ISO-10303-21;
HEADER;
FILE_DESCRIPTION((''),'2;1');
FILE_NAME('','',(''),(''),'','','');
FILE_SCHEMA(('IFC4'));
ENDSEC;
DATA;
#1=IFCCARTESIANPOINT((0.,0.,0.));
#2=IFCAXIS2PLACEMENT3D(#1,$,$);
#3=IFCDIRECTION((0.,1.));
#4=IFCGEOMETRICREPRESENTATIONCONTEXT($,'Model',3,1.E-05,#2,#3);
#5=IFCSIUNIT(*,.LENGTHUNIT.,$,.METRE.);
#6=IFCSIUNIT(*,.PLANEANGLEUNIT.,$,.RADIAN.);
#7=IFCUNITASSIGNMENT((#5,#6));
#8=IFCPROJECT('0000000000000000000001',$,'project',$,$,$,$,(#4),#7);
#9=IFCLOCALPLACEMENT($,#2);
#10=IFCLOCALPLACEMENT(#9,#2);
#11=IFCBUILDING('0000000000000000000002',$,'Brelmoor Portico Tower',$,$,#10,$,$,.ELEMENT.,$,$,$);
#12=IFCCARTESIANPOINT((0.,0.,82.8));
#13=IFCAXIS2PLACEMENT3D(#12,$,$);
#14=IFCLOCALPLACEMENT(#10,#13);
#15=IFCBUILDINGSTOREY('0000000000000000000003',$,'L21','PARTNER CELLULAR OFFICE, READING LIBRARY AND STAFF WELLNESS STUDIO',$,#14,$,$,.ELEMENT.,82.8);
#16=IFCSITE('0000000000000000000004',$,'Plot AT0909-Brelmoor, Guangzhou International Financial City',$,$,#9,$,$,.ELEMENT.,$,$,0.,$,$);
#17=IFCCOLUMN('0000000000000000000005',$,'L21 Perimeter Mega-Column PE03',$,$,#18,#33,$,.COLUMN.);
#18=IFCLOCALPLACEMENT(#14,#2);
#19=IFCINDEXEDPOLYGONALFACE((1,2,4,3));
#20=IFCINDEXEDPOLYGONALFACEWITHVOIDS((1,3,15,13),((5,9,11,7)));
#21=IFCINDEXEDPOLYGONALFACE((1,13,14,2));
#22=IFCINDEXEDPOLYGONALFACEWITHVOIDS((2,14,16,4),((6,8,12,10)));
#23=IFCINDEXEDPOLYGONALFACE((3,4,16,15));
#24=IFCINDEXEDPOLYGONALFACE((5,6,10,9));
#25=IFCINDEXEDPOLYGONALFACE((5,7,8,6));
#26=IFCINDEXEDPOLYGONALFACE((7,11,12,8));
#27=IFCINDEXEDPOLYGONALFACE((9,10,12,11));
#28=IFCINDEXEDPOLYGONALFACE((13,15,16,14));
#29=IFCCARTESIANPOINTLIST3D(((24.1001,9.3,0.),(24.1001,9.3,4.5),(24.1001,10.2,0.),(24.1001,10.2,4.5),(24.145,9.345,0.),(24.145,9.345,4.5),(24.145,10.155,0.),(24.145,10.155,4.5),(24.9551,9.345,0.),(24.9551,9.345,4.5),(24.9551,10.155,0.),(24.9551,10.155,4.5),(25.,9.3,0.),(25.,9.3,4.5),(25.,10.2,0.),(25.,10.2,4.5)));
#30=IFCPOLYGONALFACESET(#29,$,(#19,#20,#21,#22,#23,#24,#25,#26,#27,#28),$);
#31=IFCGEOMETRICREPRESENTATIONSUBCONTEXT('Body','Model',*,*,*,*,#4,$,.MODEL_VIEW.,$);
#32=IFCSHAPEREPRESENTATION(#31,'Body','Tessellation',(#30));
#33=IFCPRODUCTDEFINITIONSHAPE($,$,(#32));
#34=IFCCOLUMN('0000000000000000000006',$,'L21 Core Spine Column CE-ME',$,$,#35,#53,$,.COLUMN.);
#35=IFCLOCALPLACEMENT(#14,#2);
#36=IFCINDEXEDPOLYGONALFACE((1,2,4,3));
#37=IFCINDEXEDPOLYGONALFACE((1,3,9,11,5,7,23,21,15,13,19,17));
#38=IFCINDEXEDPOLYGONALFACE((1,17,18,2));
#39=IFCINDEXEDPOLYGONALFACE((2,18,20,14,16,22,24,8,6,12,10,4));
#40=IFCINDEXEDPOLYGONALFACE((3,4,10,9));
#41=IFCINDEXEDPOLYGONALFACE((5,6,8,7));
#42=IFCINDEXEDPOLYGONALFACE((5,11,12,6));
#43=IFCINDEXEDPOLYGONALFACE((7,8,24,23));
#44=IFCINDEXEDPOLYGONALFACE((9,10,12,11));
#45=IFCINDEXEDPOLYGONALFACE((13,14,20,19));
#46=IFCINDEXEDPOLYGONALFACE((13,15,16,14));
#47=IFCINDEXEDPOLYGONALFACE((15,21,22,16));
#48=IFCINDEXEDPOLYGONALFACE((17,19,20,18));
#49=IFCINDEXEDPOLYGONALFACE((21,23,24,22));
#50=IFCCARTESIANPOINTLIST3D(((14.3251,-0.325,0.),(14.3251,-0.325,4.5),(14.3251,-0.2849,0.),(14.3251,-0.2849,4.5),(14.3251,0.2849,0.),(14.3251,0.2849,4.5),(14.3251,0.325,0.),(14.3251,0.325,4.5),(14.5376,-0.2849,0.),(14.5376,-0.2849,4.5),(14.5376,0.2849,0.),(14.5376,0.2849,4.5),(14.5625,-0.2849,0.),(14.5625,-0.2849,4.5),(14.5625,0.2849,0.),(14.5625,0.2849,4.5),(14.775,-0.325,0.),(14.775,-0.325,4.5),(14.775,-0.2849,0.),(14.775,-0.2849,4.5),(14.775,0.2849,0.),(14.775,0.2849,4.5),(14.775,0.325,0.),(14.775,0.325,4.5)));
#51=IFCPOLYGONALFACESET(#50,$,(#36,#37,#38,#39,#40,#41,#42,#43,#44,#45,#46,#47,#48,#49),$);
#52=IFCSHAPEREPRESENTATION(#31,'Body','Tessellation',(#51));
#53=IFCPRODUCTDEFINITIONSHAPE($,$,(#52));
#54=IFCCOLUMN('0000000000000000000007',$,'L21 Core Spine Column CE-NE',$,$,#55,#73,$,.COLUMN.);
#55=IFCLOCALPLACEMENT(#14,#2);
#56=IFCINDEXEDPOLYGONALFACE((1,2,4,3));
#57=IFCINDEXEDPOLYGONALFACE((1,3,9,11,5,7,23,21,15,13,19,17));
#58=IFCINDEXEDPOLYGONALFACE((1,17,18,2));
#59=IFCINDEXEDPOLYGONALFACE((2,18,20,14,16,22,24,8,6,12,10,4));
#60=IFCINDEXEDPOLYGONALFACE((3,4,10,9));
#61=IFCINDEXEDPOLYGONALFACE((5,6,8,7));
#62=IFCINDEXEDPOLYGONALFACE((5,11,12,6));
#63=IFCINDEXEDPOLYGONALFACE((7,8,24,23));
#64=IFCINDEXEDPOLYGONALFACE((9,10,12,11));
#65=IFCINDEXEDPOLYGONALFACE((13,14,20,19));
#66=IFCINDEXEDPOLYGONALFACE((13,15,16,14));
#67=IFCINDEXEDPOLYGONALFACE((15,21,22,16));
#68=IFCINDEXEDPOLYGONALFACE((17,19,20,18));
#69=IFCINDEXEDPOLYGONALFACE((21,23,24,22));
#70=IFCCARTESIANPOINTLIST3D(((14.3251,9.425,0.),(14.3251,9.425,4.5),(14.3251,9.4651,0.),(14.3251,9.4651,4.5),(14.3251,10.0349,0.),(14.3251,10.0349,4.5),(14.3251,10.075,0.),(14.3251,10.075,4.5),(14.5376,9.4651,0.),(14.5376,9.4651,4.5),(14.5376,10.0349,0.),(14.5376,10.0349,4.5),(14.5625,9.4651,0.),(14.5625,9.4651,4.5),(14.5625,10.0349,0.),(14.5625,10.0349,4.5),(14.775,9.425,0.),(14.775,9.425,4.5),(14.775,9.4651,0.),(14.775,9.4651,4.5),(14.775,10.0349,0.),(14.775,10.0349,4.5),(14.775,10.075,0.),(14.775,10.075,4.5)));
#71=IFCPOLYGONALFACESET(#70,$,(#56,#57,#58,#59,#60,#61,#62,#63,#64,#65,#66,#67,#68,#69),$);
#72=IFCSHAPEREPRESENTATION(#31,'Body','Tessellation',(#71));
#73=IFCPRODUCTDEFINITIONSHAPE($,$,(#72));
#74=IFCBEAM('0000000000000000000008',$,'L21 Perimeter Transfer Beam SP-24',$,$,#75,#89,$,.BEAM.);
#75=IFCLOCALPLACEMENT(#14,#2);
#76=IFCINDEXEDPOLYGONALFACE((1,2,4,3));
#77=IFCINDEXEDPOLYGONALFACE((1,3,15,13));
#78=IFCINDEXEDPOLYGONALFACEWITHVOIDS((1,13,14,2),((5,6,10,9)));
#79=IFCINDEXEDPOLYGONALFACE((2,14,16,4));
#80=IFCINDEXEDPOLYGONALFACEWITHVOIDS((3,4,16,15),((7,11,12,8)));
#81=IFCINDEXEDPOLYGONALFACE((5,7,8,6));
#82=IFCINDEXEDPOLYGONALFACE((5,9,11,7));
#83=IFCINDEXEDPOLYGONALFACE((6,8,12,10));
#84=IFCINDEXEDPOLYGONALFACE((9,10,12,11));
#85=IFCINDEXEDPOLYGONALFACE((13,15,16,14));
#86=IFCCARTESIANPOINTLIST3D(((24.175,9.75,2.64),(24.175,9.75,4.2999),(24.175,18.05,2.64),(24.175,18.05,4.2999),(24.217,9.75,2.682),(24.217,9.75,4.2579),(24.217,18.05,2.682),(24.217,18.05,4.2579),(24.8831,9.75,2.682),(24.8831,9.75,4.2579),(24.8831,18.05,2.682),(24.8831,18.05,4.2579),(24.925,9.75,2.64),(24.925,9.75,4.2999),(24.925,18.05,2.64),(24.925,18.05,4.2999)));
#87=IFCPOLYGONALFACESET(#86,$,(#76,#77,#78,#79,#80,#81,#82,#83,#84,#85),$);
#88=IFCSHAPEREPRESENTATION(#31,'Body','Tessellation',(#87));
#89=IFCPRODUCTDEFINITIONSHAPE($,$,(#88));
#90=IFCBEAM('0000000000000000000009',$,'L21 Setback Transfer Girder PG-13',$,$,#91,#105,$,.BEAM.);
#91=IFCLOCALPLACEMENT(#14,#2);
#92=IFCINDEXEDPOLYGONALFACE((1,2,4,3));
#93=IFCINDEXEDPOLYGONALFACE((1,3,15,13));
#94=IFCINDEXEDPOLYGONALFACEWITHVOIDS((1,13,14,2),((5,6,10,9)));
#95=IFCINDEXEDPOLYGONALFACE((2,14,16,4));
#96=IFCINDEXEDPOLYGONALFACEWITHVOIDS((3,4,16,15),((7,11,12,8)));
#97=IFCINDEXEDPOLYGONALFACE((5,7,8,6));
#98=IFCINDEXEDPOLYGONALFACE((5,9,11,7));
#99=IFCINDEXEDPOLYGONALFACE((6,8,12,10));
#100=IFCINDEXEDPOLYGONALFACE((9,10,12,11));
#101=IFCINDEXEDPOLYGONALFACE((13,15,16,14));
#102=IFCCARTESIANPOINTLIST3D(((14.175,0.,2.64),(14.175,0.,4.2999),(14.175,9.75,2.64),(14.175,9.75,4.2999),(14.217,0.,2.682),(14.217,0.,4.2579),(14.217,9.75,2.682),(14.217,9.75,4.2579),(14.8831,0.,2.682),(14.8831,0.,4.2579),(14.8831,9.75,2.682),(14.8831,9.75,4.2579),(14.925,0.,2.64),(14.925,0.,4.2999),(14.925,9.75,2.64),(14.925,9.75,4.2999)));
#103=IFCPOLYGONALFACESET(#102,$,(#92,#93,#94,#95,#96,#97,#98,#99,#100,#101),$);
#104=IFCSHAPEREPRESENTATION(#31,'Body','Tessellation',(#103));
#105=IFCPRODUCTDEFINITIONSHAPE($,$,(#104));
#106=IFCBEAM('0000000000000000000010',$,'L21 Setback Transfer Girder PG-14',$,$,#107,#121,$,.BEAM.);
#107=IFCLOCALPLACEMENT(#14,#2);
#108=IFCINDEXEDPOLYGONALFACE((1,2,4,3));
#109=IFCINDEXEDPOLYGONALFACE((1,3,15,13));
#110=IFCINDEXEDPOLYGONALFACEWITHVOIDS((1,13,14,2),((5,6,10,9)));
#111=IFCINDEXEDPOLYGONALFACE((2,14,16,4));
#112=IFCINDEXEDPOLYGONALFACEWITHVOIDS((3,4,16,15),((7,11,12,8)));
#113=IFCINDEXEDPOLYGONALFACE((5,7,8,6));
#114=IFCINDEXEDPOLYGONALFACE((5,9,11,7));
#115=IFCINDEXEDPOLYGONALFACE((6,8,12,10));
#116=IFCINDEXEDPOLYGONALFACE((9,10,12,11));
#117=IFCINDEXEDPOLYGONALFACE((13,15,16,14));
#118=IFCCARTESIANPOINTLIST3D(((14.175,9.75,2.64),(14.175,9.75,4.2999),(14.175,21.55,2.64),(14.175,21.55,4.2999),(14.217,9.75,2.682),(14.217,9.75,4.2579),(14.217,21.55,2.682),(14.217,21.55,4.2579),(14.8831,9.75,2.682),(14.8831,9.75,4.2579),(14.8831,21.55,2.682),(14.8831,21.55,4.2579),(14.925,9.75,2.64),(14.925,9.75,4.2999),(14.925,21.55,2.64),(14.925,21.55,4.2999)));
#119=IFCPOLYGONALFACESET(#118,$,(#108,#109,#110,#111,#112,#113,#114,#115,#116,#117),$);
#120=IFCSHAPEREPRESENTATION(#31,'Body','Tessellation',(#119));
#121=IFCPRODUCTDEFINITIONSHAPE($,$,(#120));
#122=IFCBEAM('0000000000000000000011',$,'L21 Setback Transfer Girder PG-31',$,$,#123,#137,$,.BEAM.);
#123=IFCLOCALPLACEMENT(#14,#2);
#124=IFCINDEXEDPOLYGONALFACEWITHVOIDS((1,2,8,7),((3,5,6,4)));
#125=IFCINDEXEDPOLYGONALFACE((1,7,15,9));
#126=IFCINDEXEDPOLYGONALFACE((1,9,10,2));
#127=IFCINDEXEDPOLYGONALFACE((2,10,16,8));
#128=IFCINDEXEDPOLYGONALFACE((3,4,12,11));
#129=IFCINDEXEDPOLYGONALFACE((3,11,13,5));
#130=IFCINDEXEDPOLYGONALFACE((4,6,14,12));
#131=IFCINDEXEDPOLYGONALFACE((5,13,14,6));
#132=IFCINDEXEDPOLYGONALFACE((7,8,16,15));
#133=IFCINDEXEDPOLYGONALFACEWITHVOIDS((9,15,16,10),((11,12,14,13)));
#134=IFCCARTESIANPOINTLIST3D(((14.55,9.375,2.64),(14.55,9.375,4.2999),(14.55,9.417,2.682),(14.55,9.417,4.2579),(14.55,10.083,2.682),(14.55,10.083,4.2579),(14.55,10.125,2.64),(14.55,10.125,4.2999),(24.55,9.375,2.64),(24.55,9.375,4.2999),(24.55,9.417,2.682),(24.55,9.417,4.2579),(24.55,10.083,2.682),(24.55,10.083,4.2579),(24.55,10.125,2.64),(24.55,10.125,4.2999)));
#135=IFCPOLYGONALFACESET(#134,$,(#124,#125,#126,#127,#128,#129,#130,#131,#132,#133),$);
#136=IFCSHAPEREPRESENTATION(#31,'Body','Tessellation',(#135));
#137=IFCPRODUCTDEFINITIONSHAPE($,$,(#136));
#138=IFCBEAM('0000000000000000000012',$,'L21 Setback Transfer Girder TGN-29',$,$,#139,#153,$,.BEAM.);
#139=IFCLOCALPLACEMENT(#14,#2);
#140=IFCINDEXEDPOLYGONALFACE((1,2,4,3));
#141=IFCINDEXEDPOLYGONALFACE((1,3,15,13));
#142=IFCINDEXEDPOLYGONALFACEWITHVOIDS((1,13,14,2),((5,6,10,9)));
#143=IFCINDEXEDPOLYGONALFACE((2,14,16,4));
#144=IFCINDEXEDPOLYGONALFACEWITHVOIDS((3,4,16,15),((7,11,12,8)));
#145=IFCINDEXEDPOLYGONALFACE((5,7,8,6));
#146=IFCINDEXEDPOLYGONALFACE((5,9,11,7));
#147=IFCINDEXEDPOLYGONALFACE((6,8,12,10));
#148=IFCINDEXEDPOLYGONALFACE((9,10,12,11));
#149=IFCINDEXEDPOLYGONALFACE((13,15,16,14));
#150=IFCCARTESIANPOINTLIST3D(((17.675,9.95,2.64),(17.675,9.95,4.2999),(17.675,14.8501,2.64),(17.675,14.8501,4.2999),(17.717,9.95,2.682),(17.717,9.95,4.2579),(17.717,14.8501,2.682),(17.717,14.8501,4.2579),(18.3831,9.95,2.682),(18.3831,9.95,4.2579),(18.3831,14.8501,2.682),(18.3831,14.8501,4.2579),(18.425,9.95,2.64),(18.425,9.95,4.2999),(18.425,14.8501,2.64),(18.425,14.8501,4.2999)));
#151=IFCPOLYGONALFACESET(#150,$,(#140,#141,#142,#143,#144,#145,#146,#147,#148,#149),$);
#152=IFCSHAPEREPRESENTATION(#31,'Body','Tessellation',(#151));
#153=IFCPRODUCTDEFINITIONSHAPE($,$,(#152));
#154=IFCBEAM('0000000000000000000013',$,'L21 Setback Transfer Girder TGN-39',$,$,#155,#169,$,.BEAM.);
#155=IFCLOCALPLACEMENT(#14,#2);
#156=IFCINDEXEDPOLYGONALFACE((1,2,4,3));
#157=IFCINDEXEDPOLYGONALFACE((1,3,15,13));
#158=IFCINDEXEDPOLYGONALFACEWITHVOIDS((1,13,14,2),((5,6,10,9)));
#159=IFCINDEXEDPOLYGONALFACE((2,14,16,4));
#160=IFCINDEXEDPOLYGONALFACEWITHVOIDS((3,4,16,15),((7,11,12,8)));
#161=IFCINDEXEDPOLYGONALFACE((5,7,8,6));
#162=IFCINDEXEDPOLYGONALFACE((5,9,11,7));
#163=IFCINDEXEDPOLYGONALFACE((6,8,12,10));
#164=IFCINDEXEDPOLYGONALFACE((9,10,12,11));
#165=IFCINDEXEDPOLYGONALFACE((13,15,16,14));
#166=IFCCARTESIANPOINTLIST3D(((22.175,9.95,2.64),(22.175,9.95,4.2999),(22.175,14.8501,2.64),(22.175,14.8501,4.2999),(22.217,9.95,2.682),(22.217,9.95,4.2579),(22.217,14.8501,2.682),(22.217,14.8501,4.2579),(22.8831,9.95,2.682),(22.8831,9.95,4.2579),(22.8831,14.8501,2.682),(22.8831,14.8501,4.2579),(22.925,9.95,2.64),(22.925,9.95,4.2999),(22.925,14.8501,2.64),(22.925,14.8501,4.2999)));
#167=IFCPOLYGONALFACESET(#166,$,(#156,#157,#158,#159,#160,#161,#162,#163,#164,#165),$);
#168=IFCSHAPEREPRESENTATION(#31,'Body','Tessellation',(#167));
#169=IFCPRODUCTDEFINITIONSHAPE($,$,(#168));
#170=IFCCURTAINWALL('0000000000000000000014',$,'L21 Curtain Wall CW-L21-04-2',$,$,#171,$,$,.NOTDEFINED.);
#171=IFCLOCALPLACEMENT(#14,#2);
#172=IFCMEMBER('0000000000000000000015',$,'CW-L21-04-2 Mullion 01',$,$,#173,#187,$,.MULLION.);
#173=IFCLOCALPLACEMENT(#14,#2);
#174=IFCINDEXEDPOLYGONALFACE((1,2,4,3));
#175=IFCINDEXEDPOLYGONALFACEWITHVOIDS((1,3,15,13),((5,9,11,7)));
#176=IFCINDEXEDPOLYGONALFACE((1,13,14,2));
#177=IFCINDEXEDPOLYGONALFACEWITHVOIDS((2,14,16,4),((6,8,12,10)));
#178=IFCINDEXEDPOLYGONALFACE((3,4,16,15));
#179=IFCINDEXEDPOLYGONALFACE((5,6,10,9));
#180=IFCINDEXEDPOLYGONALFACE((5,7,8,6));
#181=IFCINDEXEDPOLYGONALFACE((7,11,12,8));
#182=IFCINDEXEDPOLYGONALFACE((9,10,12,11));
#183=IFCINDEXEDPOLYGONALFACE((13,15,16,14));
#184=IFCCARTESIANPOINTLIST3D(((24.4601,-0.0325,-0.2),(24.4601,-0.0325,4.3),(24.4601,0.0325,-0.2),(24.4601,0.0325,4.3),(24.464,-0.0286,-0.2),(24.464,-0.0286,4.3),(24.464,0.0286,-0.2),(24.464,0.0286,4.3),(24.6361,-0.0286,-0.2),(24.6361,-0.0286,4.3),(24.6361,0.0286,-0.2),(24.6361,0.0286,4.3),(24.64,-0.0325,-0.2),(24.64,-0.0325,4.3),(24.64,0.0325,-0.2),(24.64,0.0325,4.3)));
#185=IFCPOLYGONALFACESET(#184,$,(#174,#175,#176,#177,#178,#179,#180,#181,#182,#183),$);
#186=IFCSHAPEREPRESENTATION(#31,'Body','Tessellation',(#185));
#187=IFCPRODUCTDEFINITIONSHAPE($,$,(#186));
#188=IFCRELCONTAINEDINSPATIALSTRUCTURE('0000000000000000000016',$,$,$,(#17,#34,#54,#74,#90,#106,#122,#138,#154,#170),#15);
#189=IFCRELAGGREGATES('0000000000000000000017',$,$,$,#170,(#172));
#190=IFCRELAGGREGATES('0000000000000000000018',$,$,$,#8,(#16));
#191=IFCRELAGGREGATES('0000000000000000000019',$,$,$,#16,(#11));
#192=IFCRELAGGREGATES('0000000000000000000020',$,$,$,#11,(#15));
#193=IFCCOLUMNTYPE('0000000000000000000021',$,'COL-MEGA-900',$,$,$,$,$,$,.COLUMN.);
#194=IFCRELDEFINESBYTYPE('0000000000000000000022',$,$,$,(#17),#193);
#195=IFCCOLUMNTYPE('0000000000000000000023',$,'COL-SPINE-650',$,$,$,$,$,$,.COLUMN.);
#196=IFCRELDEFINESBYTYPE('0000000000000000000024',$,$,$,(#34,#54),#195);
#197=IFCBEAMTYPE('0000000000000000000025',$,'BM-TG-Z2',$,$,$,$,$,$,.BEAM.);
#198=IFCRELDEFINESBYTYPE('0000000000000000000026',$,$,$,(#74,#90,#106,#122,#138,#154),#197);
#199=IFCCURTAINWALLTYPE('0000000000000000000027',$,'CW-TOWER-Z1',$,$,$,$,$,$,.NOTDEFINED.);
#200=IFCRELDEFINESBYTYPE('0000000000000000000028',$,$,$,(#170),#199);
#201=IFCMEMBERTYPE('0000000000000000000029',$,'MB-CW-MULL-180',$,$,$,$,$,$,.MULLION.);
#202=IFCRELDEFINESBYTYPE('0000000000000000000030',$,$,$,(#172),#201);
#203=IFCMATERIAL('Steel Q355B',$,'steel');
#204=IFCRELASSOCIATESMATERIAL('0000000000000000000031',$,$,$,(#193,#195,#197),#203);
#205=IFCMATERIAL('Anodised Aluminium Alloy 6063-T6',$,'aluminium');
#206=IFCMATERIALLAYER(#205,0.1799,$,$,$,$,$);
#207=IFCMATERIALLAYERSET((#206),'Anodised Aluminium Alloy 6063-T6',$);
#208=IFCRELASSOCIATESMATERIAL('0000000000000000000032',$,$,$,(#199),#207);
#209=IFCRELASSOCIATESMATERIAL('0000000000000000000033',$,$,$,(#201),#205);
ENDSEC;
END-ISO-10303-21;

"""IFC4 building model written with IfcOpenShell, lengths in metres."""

from ifc_helpers import new_model, si_unit, direction, frame, origin, origin_2d, place, context, subcontext, project, spatial, hollow_rectangle, i_section, extrude, material, layer, layer_set, material_profile, profile_set, type_object, element, aggregate, save


model = new_model("IFC4")

# Units and contexts
model_context = context("Model", 3, precision=1e-05, world=origin(), true_north=direction((0.0, 1.0)))
body_context = subcontext(model_context, "Body", "Model", "MODEL_VIEW")
ifc_project = project(units=[si_unit("LENGTHUNIT", "METRE"), si_unit("PLANEANGLEUNIT", "RADIAN")], contexts=[model_context])

# Site, building, storey
site_placement = place(None, origin())
site = spatial("IfcSite", under=ifc_project, at=site_placement, Name="Plot AT0909-Brelmoor, Guangzhou International Financial City", CompositionType="ELEMENT", RefElevation=0.0)
building_placement = place(site_placement, origin())
building = spatial("IfcBuilding", under=site, at=building_placement, Name="Brelmoor Portico Tower", CompositionType="ELEMENT")
storey_placement = place(building_placement, frame((0.0, 0.0, 82.8)))
storey = spatial("IfcBuildingStorey", under=building, at=storey_placement, Name="L21", Description="PARTNER CELLULAR OFFICE, READING LIBRARY AND STAFF WELLNESS STUDIO", CompositionType="ELEMENT", Elevation=82.8)

# Columns
ifc_material_1 = material(Name="Steel Q355B", Category="steel")
ifc_material_profile_1 = material_profile(ifc_material_1, hollow_rectangle(XDim=0.8999, YDim=0.8999, WallThickness=0.0449, at=origin_2d()), Name="BOX 900x900x45")
ifc_profile_set_1 = profile_set([ifc_material_profile_1], Name="Steel Q355B")
column_type_1 = type_object("IfcColumnType", Name="COL-MEGA-900", PredefinedType="COLUMN", material=ifc_profile_set_1)
column_placement = place(storey_placement, frame((24.55, 9.75, 0.0), z_axis=(0.0, 0.0, 1.0), x_axis=(0.0, 1.0, 0.0)))
element("IfcColumn", 1, at=column_placement, inside=storey, type_object=column_type_1, Name="L21 Perimeter Mega-Column PE03", PredefinedType="COLUMN", context=body_context, shape_type="SweptSolid", body=[
    extrude(hollow_rectangle(XDim=0.8999, YDim=0.8999, WallThickness=0.0449, at=origin_2d()), origin(), (0.0, 0.0, 1.0), 4.5),
])
ifc_material_profile_2 = material_profile(ifc_material_1, i_section(OverallWidth=0.45, OverallDepth=0.6499, WebThickness=0.0249, FlangeThickness=0.04, at=origin_2d()), Name="HW 650x450x25x40")
ifc_profile_set_2 = profile_set([ifc_material_profile_2], Name="Steel Q355B")
column_type_2 = type_object("IfcColumnType", Name="COL-SPINE-650", PredefinedType="COLUMN", material=ifc_profile_set_2)
for number, where, z_axis, x_axis, name in (
    (2, (14.55, 0.0, 0.0), (0.0, 0.0, 1.0), (1.0, 0.0, 0.0), "L21 Core Spine Column CE-ME"),
    (3, (14.55, 9.75, 0.0), (0.0, 0.0, 1.0), (1.0, 0.0, 0.0), "L21 Core Spine Column CE-NE"),
):
    element("IfcColumn", number, at=place(storey_placement, frame(where, z_axis=z_axis, x_axis=x_axis)), inside=storey, type_object=column_type_2, Name=name, PredefinedType="COLUMN", context=body_context, shape_type="SweptSolid", body=[
        extrude(i_section(OverallWidth=0.45, OverallDepth=0.6499, WebThickness=0.0249, FlangeThickness=0.04, at=origin_2d()), origin(), (0.0, 0.0, 1.0), 4.5),
    ])

# Beams
ifc_material_profile_3 = material_profile(ifc_material_1, hollow_rectangle(XDim=0.75, YDim=1.6599, WallThickness=0.042, at=origin_2d()), Name="BOX 750x1660x42")
ifc_profile_set_3 = profile_set([ifc_material_profile_3], Name="Steel Q355B")
beam_type = type_object("IfcBeamType", Name="BM-TG-Z2", PredefinedType="BEAM", material=ifc_profile_set_3)
beam_1_placement = place(storey_placement, frame((24.55, 9.75, 3.47), z_axis=(0.0, 1.0, 0.0), x_axis=(-1.0, 0.0, 0.0)))
element("IfcBeam", 4, at=beam_1_placement, inside=storey, type_object=beam_type, Name="L21 Perimeter Transfer Beam SP-24", PredefinedType="BEAM", context=body_context, shape_type="SweptSolid", body=[
    extrude(hollow_rectangle(XDim=0.75, YDim=1.6599, WallThickness=0.042, at=origin_2d()), origin(), (0.0, 0.0, 1.0), 8.3),
])
beam_2_placement = place(storey_placement, frame((14.55, 0.0, 3.47), z_axis=(0.0, 1.0, 0.0), x_axis=(-1.0, 0.0, 0.0)))
element("IfcBeam", 5, at=beam_2_placement, inside=storey, type_object=beam_type, Name="L21 Setback Transfer Girder PG-13", PredefinedType="BEAM", context=body_context, shape_type="SweptSolid", body=[
    extrude(hollow_rectangle(XDim=0.75, YDim=1.6599, WallThickness=0.042, at=origin_2d()), origin(), (0.0, 0.0, 1.0), 9.75),
])
beam_3_placement = place(storey_placement, frame((14.55, 9.75, 3.47), z_axis=(0.0, 1.0, 0.0), x_axis=(-1.0, 0.0, 0.0)))
element("IfcBeam", 6, at=beam_3_placement, inside=storey, type_object=beam_type, Name="L21 Setback Transfer Girder PG-14", PredefinedType="BEAM", context=body_context, shape_type="SweptSolid", body=[
    extrude(hollow_rectangle(XDim=0.75, YDim=1.6599, WallThickness=0.042, at=origin_2d()), origin(), (0.0, 0.0, 1.0), 11.8),
])
beam_4_placement = place(storey_placement, frame((14.55, 9.75, 3.47), z_axis=(1.0, 0.0, 0.0), x_axis=(0.0, 1.0, 0.0)))
element("IfcBeam", 7, at=beam_4_placement, inside=storey, type_object=beam_type, Name="L21 Setback Transfer Girder PG-31", PredefinedType="BEAM", context=body_context, shape_type="SweptSolid", body=[
    extrude(hollow_rectangle(XDim=0.75, YDim=1.6599, WallThickness=0.042, at=origin_2d()), origin(), (0.0, 0.0, 1.0), 10.0),
])
for number, where, z_axis, x_axis, name in (
    (8, (18.05, 9.95, 3.47), (0.0, 1.0, 0.0), (-1.0, 0.0, 0.0), "L21 Setback Transfer Girder TGN-29"),
    (9, (22.55, 9.95, 3.47), (0.0, 1.0, 0.0), (-1.0, 0.0, 0.0), "L21 Setback Transfer Girder TGN-39"),
):
    element("IfcBeam", number, at=place(storey_placement, frame(where, z_axis=z_axis, x_axis=x_axis)), inside=storey, type_object=beam_type, Name=name, PredefinedType="BEAM", context=body_context, shape_type="SweptSolid", body=[
        extrude(hollow_rectangle(XDim=0.75, YDim=1.6599, WallThickness=0.042, at=origin_2d()), origin(), (0.0, 0.0, 1.0), 4.9001),
    ])

# Curtain wall, member
ifc_material_2 = material(Name="Anodised Aluminium Alloy 6063-T6", Category="aluminium")
ifc_layer_1 = layer(ifc_material_2, 0.1799)
ifc_layer_set_1 = layer_set([ifc_layer_1], Name="Anodised Aluminium Alloy 6063-T6")
curtain_wall_type = type_object("IfcCurtainWallType", Name="CW-TOWER-Z1", PredefinedType="NOTDEFINED", material=ifc_layer_set_1)
curtain_wall_1_placement = place(storey_placement, origin())
curtain_wall_1 = element("IfcCurtainWall", 10, at=curtain_wall_1_placement, inside=storey, type_object=curtain_wall_type, Name="L21 Curtain Wall CW-L21-04-2", PredefinedType="NOTDEFINED")
ifc_material_profile_4 = material_profile(ifc_material_2, hollow_rectangle(XDim=0.0649, YDim=0.1799, WallThickness=0.0039, at=origin_2d()), Name="ALU MULLION 65x180")
ifc_profile_set_4 = profile_set([ifc_material_profile_4], Name="Anodised Aluminium Alloy 6063-T6")
member_type_1 = type_object("IfcMemberType", Name="MB-CW-MULL-180", PredefinedType="MULLION", material=ifc_profile_set_4)
member_1_placement = place(storey_placement, frame((24.55, 0.0, -0.2), z_axis=(0.0, 0.0, 1.0), x_axis=(0.0, 1.0, 0.0)))
member_1 = element("IfcMember", 11, at=member_1_placement, type_object=member_type_1, Name="CW-L21-04-2 Mullion 01", PredefinedType="MULLION", context=body_context, shape_type="SweptSolid", body=[
    extrude(hollow_rectangle(XDim=0.0649, YDim=0.1799, WallThickness=0.0039, at=origin_2d()), origin(), (0.0, 0.0, 1.0), 4.5),
])

aggregate(curtain_wall_1, [member_1])

save(model, "model.ifc")
